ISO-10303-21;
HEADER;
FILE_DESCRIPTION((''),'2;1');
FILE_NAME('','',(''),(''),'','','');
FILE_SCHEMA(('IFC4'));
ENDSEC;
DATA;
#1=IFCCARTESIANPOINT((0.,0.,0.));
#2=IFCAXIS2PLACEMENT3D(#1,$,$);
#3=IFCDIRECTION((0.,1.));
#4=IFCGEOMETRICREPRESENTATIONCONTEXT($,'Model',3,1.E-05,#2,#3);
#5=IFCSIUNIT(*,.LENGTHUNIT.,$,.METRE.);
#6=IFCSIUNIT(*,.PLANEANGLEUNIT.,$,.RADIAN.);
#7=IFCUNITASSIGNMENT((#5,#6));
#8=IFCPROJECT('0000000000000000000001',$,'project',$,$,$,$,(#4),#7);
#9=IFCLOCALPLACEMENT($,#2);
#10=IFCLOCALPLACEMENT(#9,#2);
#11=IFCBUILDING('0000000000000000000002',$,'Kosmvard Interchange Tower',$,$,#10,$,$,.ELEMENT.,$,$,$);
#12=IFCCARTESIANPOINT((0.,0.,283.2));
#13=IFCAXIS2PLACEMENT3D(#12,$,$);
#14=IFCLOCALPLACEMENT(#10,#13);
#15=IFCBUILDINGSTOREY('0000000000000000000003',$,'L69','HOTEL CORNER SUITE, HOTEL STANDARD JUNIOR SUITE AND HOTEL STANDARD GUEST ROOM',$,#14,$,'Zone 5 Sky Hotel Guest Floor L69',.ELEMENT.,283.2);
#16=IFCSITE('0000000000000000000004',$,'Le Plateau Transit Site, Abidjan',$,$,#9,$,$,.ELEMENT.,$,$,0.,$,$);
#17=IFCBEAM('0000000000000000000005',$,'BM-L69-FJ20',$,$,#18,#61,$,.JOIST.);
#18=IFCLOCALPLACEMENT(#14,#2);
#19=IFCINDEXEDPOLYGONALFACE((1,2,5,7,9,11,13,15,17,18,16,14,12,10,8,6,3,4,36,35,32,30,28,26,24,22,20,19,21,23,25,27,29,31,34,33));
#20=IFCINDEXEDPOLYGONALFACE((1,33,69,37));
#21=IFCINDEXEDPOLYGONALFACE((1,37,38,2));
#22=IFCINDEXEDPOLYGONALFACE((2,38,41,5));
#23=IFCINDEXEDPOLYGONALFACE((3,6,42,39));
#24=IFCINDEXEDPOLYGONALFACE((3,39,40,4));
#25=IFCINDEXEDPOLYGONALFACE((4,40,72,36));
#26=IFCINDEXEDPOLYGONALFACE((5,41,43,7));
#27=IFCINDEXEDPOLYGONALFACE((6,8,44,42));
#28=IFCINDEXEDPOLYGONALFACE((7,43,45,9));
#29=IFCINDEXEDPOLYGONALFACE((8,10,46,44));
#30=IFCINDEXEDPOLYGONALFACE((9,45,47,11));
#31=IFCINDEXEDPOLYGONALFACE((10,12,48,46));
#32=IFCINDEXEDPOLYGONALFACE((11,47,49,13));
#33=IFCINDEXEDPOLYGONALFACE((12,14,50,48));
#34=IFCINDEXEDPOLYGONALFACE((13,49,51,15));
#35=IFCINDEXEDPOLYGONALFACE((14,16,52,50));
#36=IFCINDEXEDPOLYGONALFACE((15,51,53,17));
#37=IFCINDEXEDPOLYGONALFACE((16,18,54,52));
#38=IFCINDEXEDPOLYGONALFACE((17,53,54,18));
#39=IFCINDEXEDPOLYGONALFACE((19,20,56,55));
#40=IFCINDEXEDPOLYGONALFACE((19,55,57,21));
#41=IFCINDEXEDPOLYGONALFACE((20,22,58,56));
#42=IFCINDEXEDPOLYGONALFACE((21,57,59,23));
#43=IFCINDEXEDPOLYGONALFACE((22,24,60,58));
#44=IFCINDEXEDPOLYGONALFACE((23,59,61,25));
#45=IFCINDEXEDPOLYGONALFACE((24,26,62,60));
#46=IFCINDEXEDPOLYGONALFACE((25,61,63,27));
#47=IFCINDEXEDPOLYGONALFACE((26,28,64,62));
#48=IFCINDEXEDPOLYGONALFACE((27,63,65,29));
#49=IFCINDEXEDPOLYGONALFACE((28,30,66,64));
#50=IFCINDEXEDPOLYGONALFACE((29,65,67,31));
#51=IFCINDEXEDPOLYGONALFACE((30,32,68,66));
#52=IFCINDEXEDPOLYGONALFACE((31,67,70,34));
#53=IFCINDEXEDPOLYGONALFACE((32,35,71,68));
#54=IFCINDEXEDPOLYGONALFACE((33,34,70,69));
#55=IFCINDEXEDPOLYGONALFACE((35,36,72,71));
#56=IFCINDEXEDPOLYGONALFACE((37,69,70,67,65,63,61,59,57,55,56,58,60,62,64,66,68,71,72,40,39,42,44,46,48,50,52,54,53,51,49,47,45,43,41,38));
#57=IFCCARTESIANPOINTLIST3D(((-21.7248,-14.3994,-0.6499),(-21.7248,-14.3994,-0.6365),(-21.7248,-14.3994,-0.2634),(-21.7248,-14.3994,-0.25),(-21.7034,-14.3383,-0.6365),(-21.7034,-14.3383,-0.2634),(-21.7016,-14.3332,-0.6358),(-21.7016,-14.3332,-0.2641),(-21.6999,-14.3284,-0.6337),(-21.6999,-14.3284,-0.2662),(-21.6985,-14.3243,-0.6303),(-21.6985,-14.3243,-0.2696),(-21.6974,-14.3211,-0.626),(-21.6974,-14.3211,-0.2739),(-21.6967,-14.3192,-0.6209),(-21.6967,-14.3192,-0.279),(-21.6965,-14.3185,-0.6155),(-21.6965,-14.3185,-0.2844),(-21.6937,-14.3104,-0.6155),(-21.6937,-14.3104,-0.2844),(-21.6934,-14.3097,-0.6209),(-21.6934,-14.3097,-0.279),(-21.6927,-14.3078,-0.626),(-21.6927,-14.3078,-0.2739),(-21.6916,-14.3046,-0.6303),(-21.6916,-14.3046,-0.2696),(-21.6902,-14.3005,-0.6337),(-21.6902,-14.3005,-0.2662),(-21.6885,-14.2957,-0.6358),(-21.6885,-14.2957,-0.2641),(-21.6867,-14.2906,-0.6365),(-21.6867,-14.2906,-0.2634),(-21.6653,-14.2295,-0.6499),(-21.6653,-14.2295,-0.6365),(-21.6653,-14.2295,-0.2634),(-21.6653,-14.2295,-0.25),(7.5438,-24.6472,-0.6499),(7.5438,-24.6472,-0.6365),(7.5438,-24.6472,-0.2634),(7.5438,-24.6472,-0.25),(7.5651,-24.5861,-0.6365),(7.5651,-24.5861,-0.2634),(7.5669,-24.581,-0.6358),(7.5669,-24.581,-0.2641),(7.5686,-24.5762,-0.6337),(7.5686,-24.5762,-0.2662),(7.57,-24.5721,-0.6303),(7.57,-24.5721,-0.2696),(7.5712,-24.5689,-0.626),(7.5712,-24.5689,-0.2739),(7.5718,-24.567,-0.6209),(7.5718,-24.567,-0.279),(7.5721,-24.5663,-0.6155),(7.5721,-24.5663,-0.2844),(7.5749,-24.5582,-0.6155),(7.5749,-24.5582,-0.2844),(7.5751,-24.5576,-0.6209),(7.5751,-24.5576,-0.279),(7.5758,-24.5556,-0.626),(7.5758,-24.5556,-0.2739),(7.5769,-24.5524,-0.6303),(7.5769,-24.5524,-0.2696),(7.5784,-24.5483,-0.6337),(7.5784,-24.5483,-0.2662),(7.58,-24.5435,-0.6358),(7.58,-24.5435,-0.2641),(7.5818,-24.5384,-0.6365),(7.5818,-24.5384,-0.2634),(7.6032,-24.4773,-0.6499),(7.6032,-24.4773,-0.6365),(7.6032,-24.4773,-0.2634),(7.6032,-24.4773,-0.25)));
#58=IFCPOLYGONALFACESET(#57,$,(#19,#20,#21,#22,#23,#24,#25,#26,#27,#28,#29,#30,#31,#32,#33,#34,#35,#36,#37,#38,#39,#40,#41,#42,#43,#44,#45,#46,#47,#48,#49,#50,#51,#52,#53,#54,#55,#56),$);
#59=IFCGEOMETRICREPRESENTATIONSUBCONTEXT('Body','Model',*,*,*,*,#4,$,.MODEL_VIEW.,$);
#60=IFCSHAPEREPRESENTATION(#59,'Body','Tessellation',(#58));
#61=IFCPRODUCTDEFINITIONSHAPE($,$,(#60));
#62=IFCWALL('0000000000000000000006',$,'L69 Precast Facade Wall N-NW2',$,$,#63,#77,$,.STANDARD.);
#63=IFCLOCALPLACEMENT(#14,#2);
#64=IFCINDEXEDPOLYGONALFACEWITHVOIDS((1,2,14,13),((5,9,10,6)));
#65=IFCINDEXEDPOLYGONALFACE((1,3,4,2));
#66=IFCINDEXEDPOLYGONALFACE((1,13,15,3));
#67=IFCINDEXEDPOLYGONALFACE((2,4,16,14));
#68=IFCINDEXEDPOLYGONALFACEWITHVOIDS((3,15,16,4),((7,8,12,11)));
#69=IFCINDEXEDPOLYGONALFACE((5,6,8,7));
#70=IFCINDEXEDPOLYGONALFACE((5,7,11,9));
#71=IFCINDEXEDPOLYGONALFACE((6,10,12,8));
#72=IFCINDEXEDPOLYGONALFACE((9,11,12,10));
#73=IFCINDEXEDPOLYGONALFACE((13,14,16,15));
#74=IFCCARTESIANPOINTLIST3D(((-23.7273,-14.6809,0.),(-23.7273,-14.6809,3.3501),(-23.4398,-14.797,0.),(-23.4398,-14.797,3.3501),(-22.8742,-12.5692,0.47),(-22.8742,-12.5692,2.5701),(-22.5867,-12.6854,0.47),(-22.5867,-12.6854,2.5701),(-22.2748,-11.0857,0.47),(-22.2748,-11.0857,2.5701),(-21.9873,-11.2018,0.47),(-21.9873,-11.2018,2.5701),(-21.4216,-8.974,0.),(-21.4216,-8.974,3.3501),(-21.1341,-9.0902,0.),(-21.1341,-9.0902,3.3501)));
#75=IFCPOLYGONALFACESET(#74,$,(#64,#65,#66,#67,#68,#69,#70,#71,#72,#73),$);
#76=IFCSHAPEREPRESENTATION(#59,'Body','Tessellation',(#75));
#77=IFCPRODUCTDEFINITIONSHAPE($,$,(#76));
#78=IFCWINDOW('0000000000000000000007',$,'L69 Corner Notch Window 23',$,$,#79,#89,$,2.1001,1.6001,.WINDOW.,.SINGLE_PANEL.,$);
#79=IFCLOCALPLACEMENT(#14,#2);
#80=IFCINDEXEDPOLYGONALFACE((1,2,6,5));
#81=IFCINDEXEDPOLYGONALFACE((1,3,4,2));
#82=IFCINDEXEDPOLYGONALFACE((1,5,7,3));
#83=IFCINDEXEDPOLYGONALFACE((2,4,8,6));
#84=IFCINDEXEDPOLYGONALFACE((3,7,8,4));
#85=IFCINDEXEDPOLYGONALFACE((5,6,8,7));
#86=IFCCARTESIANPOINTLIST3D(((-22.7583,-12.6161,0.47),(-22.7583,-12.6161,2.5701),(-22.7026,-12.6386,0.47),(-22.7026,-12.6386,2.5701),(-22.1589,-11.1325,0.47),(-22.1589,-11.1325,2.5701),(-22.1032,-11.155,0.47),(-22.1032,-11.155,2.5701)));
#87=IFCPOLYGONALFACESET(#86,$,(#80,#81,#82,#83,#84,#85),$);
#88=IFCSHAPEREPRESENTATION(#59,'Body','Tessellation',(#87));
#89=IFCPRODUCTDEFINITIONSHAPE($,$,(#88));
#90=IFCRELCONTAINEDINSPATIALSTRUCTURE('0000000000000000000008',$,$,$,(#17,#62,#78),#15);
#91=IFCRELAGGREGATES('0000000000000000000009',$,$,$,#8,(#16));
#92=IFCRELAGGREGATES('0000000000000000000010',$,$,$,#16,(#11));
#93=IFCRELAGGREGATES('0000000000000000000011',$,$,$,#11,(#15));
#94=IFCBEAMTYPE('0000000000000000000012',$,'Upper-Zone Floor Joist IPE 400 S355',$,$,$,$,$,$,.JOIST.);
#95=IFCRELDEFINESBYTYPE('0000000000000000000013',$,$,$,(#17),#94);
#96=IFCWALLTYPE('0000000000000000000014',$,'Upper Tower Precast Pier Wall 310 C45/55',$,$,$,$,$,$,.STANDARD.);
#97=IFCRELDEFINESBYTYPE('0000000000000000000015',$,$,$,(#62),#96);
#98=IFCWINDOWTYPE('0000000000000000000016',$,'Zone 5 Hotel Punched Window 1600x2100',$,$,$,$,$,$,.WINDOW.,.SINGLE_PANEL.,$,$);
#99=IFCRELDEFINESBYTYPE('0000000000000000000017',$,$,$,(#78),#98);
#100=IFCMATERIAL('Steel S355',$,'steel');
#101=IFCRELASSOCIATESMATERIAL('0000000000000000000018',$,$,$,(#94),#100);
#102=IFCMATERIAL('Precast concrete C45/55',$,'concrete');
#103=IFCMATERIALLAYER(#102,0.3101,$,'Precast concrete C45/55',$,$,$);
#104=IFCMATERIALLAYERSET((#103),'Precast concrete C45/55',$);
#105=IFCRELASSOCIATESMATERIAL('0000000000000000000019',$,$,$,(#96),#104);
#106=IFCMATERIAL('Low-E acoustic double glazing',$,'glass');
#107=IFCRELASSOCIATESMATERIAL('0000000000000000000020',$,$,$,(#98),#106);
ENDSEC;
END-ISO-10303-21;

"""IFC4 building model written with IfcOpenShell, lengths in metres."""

from ifc_helpers import new_model, si_unit, direction, frame, frame_2d, origin, origin_2d, place, context, subcontext, project, spatial, rectangle, i_section, extrude, source, transform, mapped, material, layer, layer_set, material_profile, profile_set, type_object, element, fill, save


model = new_model("IFC4")

# Units and contexts
model_context = context("Model", 3, precision=1e-05, world=origin(), true_north=direction((0.0, 1.0)))
body_context = subcontext(model_context, "Body", "Model", "MODEL_VIEW")
ifc_project = project(units=[si_unit("LENGTHUNIT", "METRE"), si_unit("PLANEANGLEUNIT", "RADIAN")], contexts=[model_context])

# Site, building, storey
site_placement = place(None, origin())
site = spatial("IfcSite", under=ifc_project, at=site_placement, Name="Le Plateau Transit Site, Abidjan", CompositionType="ELEMENT", RefElevation=0.0)
building_placement = place(site_placement, origin())
building = spatial("IfcBuilding", under=site, at=building_placement, Name="Kosmvard Interchange Tower", CompositionType="ELEMENT")
storey_placement = place(building_placement, frame((0.0, 0.0, 283.2)))
storey = spatial("IfcBuildingStorey", under=building, at=storey_placement, Name="L69", Description="HOTEL CORNER SUITE, HOTEL STANDARD JUNIOR SUITE AND HOTEL STANDARD GUEST ROOM", LongName="Zone 5 Sky Hotel Guest Floor L69", CompositionType="ELEMENT", Elevation=283.2)

# Beam
ifc_material_1 = material(Name="Steel S355", Category="steel")
ifc_material_profile_1 = material_profile(ifc_material_1, i_section(OverallWidth=0.1799, OverallDepth=0.3999, WebThickness=0.0085, FlangeThickness=0.0134, FilletRadius=0.021, at=origin_2d()), Name="IPE 400")
ifc_profile_set_1 = profile_set([ifc_material_profile_1], Name="Steel S355")
beam_type_1 = type_object("IfcBeamType", Name="Upper-Zone Floor Joist IPE 400 S355", PredefinedType="JOIST", material=ifc_profile_set_1)
shared_shape_1 = source(origin(), body_context, "Body", "SweptSolid", [
    extrude(i_section(OverallWidth=0.1799, OverallDepth=0.3999, WebThickness=0.0085, FlangeThickness=0.0134, FilletRadius=0.021, at=origin_2d()), origin(), (0.0, 0.0, 1.0), 31.0107),
])
beam_1_placement = place(storey_placement, frame((-21.6951, -14.3145, -0.45), z_axis=(0.94382, -0.33046, 0.0), x_axis=(0.33046, 0.94382, 0.0)))
element("IfcBeam", 1, at=beam_1_placement, inside=storey, type_object=beam_type_1, Name="BM-L69-FJ20", PredefinedType="JOIST", context=body_context, shape_type="MappedRepresentation", body=[
    mapped(shared_shape_1, transform((0.0, 0.0, 0.0), scale=1.0)),
])

# Wall, opening, window
ifc_material_2 = material(Name="Precast concrete C45/55", Category="concrete")
ifc_layer_1 = layer(ifc_material_2, 0.3101, Name="Precast concrete C45/55")
ifc_layer_set_1 = layer_set([ifc_layer_1], Name="Precast concrete C45/55")
wall_type = type_object("IfcWallType", Name="Upper Tower Precast Pier Wall 310 C45/55", PredefinedType="STANDARD", material=ifc_layer_set_1)
wall_1_placement = place(storey_placement, frame((-21.2778, -9.032, 0.0), z_axis=(0.0, 0.0, 1.0), x_axis=(-0.374603, -0.927185, 0.0)))
wall_1 = element("IfcWall", 2, at=wall_1_placement, inside=storey, type_object=wall_type, Name="L69 Precast Facade Wall N-NW2", PredefinedType="STANDARD", context=body_context, shape_type="SweptSolid", body=[
    extrude(rectangle(XDim=6.155, YDim=0.3101, at=frame_2d((3.0776, 0.0))), origin(), (0.0, 0.0, 1.0), 3.3501),
])
opening_1_placement = place(wall_1_placement, frame((2.2776, 0.0, 0.47)))
opening_1 = element("IfcOpeningElement", 3, at=opening_1_placement, cuts=wall_1, PredefinedType="OPENING", context=body_context, shape_type="SweptSolid", body=[
    extrude(rectangle(XDim=1.6001, YDim=2.1001, at=frame_2d((0.8, 1.05))), frame((0.0, 0.165, 0.0), z_axis=(0.0, -1.0, 0.0), x_axis=(1.0, 0.0, 0.0)), (0.0, 0.0, 1.0), 0.3301),
])
ifc_material_3 = material(Name="Low-E acoustic double glazing", Category="glass")
window_type = type_object("IfcWindowType", Name="Zone 5 Hotel Punched Window 1600x2100", PartitioningType="SINGLE_PANEL", PredefinedType="WINDOW", material=ifc_material_3)
shared_shape_2 = source(origin(), body_context, "Body", "SweptSolid", [
    extrude(rectangle(XDim=1.6001, YDim=2.1001, at=frame_2d((0.8, 1.05))), frame((0.0, 0.03, 0.0), z_axis=(0.0, -1.0, 0.0), x_axis=(1.0, 0.0, 0.0)), (0.0, 0.0, 1.0), 0.0601),
])
window_1_placement = place(opening_1_placement, origin())
window_1 = element("IfcWindow", 4, at=window_1_placement, inside=storey, type_object=window_type, Name="L69 Corner Notch Window 23", OverallHeight=2.1001, OverallWidth=1.6001, PartitioningType="SINGLE_PANEL", PredefinedType="WINDOW", context=body_context, shape_type="MappedRepresentation", body=[
    mapped(shared_shape_2, transform((0.0, 0.0, 0.0), scale=1.0)),
])
fill(opening_1, window_1)

save(model, "model.ifc")
